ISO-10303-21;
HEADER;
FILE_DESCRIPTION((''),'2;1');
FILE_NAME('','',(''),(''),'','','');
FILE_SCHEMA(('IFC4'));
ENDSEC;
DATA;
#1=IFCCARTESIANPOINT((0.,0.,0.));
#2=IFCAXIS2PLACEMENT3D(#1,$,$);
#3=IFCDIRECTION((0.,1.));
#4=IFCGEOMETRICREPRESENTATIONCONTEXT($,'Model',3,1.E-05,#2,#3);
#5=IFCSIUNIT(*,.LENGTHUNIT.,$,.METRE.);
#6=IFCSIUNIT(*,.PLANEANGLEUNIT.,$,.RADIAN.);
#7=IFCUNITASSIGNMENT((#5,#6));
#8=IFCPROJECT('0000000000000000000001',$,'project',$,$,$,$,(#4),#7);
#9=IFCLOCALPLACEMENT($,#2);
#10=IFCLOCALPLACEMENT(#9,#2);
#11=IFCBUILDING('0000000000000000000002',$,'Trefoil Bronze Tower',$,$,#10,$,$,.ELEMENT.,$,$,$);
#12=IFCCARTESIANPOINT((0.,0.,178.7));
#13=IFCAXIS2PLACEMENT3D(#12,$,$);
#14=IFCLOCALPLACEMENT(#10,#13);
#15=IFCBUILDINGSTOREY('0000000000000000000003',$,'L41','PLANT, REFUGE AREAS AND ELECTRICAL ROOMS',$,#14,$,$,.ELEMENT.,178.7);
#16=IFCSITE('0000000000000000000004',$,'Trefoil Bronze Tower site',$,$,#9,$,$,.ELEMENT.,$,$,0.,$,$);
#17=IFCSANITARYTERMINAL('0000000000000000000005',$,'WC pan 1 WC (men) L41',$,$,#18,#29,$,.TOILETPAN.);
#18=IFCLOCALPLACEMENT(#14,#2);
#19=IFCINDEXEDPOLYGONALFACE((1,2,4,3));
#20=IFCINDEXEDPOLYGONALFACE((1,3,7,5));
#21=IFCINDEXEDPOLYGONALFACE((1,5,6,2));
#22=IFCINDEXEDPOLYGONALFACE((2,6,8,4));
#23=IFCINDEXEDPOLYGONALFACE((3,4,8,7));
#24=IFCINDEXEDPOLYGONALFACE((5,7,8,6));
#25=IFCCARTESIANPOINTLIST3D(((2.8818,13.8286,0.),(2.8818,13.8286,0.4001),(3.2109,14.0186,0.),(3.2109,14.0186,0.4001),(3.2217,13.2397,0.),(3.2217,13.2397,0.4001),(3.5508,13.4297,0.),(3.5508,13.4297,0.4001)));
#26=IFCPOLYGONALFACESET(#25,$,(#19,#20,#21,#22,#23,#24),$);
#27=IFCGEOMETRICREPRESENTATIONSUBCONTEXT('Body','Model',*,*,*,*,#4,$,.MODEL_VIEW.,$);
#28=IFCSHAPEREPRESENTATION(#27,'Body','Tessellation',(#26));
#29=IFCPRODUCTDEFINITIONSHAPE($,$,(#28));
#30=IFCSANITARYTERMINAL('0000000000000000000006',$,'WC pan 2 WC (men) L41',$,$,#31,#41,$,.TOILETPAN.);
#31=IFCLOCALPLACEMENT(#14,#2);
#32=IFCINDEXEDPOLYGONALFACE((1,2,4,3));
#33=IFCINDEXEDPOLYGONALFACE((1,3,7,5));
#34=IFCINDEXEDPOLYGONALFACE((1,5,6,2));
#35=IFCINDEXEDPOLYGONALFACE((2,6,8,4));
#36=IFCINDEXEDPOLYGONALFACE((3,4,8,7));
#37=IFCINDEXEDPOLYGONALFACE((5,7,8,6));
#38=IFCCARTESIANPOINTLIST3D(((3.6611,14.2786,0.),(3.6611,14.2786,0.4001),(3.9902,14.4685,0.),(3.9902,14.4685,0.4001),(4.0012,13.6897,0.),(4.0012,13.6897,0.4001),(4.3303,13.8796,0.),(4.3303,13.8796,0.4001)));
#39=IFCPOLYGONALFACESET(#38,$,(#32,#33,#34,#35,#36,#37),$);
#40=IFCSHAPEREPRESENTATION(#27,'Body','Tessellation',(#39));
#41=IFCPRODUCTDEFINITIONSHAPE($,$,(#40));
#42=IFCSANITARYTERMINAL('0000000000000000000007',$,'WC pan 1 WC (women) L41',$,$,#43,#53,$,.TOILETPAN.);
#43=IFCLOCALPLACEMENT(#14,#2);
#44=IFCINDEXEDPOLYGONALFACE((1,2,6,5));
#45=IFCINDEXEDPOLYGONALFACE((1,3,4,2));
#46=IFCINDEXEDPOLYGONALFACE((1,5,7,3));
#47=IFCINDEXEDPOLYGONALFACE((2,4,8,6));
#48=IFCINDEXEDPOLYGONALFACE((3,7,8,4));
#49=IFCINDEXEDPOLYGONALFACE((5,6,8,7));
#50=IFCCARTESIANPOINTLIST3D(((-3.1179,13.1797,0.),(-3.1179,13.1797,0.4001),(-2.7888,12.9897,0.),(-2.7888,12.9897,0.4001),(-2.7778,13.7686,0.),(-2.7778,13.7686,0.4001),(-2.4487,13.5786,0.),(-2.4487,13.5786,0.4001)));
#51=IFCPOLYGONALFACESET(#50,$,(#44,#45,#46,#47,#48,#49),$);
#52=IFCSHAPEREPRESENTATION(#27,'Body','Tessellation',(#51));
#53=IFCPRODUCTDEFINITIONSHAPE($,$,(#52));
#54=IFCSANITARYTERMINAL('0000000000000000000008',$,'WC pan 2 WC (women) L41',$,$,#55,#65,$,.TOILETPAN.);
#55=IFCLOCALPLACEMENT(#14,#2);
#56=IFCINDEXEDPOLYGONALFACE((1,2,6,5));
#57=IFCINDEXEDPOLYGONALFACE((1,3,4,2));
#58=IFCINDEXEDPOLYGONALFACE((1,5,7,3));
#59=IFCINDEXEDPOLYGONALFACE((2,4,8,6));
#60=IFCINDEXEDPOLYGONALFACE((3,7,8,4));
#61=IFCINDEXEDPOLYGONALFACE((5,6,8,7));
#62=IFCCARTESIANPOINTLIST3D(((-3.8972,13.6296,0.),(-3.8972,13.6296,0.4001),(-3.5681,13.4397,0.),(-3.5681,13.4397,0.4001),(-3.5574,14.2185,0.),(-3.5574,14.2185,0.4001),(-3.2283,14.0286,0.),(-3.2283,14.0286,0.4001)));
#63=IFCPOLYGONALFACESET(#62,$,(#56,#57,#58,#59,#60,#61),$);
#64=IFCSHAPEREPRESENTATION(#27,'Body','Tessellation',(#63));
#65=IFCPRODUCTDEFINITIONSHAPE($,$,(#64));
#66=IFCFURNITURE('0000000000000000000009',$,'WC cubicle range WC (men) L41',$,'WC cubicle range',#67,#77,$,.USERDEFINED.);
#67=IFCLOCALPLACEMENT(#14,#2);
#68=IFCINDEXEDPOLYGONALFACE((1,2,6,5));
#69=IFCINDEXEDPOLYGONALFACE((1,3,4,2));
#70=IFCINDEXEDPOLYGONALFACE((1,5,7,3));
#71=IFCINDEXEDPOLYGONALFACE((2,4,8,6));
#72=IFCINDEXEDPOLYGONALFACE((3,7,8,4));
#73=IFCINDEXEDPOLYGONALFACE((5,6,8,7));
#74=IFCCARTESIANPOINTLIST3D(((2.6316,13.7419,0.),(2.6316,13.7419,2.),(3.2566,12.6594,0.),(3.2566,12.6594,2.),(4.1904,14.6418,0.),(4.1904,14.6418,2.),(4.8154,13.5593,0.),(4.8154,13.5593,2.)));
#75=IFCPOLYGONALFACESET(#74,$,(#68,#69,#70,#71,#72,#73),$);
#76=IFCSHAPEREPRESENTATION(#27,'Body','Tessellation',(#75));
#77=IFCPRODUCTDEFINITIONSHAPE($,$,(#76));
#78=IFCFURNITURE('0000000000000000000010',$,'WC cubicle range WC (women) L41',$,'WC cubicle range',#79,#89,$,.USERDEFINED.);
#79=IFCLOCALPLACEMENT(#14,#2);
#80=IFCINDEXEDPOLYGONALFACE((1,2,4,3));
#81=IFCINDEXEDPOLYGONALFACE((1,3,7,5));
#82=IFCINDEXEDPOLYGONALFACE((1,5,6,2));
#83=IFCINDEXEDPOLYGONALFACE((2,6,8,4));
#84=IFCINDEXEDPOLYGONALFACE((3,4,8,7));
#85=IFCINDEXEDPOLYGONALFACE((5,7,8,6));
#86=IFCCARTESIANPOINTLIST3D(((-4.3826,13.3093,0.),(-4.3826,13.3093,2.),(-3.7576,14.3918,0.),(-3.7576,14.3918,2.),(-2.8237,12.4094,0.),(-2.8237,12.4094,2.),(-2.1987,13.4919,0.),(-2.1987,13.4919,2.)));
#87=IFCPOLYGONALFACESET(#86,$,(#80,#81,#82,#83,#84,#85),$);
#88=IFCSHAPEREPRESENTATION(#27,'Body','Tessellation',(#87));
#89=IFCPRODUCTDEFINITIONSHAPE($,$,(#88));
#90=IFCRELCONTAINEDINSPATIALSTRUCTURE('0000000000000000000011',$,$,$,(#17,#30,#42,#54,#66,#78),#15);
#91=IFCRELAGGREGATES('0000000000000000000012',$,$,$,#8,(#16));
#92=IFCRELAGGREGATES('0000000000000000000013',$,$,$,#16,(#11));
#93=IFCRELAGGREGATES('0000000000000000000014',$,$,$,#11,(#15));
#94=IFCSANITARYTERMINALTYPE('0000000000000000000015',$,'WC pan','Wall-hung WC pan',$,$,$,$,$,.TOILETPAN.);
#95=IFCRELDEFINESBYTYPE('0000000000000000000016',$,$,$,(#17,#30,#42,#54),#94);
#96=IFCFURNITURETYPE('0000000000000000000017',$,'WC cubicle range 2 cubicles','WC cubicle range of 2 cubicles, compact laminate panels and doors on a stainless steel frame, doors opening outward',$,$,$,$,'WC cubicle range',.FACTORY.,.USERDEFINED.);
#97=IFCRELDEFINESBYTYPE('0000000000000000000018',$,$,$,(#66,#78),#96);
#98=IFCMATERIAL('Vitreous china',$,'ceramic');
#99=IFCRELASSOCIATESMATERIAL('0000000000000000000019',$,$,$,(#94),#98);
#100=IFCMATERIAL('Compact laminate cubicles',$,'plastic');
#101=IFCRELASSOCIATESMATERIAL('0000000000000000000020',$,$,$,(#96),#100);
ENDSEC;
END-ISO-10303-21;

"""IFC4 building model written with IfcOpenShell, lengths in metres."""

from ifc_helpers import new_model, si_unit, direction, frame, origin, place, context, subcontext, project, spatial, polyline, outline, extrude, material, type_object, element, save


model = new_model("IFC4")

# Units and contexts
model_context = context("Model", 3, precision=1e-05, world=origin(), true_north=direction((0.0, 1.0)))
body_context = subcontext(model_context, "Body", "Model", "MODEL_VIEW")
ifc_project = project(units=[si_unit("LENGTHUNIT", "METRE"), si_unit("PLANEANGLEUNIT", "RADIAN")], contexts=[model_context])

# Site, building, storey
site_placement = place(None, origin())
site = spatial("IfcSite", under=ifc_project, at=site_placement, Name="Trefoil Bronze Tower site", CompositionType="ELEMENT", RefElevation=0.0)
building_placement = place(site_placement, origin())
building = spatial("IfcBuilding", under=site, at=building_placement, Name="Trefoil Bronze Tower", CompositionType="ELEMENT")
storey_placement = place(building_placement, frame((0.0, 0.0, 178.7)))
storey = spatial("IfcBuildingStorey", under=building, at=storey_placement, Name="L41", Description="PLANT, REFUGE AREAS AND ELECTRICAL ROOMS", CompositionType="ELEMENT", Elevation=178.7)

# Sanitary terminals
ifc_material_1 = material(Name="Vitreous china", Category="ceramic")
sanitary_terminal_type_1 = type_object("IfcSanitaryTerminalType", Name="WC pan", Description="Wall-hung WC pan", PredefinedType="TOILETPAN", material=ifc_material_1)
sanitary_terminal_1_placement = place(storey_placement, origin())
element("IfcSanitaryTerminal", 1, at=sanitary_terminal_1_placement, inside=storey, type_object=sanitary_terminal_type_1, Name="WC pan 1 WC (men) L41", PredefinedType="TOILETPAN", context=body_context, shape_type="SweptSolid", body=[
    extrude(outline(polyline([(3.2217, 13.2397), (2.8818, 13.8286), (3.2109, 14.0186), (3.5508, 13.4297), (3.2217, 13.2397)])), origin(), (0.0, 0.0, 1.0), 0.4001),
])
sanitary_terminal_2_placement = place(storey_placement, origin())
element("IfcSanitaryTerminal", 2, at=sanitary_terminal_2_placement, inside=storey, type_object=sanitary_terminal_type_1, Name="WC pan 2 WC (men) L41", PredefinedType="TOILETPAN", context=body_context, shape_type="SweptSolid", body=[
    extrude(outline(polyline([(4.0012, 13.6897), (3.6611, 14.2786), (3.9902, 14.4685), (4.3303, 13.8796), (4.0012, 13.6897)])), origin(), (0.0, 0.0, 1.0), 0.4001),
])
sanitary_terminal_3_placement = place(storey_placement, origin())
element("IfcSanitaryTerminal", 3, at=sanitary_terminal_3_placement, inside=storey, type_object=sanitary_terminal_type_1, Name="WC pan 1 WC (women) L41", PredefinedType="TOILETPAN", context=body_context, shape_type="SweptSolid", body=[
    extrude(outline(polyline([(-2.7888, 12.9897), (-2.4487, 13.5786), (-2.7778, 13.7686), (-3.1179, 13.1797), (-2.7888, 12.9897)])), origin(), (0.0, 0.0, 1.0), 0.4001),
])
sanitary_terminal_4_placement = place(storey_placement, origin())
element("IfcSanitaryTerminal", 4, at=sanitary_terminal_4_placement, inside=storey, type_object=sanitary_terminal_type_1, Name="WC pan 2 WC (women) L41", PredefinedType="TOILETPAN", context=body_context, shape_type="SweptSolid", body=[
    extrude(outline(polyline([(-3.5681, 13.4397), (-3.2283, 14.0286), (-3.5574, 14.2185), (-3.8972, 13.6296), (-3.5681, 13.4397)])), origin(), (0.0, 0.0, 1.0), 0.4001),
])

# Furniture
ifc_material_2 = material(Name="Compact laminate cubicles", Category="plastic")
furniture_type = type_object("IfcFurnitureType", Name="WC cubicle range 2 cubicles", Description="WC cubicle range of 2 cubicles, compact laminate panels and doors on a stainless steel frame, doors opening outward", ElementType="WC cubicle range", AssemblyPlace="FACTORY", PredefinedType="USERDEFINED", material=ifc_material_2)
furniture_1_placement = place(storey_placement, origin())
element("IfcFurniture", 5, at=furniture_1_placement, inside=storey, type_object=furniture_type, Name="WC cubicle range WC (men) L41", ObjectType="WC cubicle range", PredefinedType="USERDEFINED", context=body_context, shape_type="SweptSolid", body=[
    extrude(outline(polyline([(3.2566, 12.6594), (2.6316, 13.7419), (4.1904, 14.6418), (4.8154, 13.5593), (3.2566, 12.6594)])), origin(), (0.0, 0.0, 1.0), 2.0),
])
furniture_2_placement = place(storey_placement, origin())
element("IfcFurniture", 6, at=furniture_2_placement, inside=storey, type_object=furniture_type, Name="WC cubicle range WC (women) L41", ObjectType="WC cubicle range", PredefinedType="USERDEFINED", context=body_context, shape_type="SweptSolid", body=[
    extrude(outline(polyline([(-2.8237, 12.4094), (-2.1987, 13.4919), (-3.7576, 14.3918), (-4.3826, 13.3093), (-2.8237, 12.4094)])), origin(), (0.0, 0.0, 1.0), 2.0),
])

save(model, "model.ifc")
